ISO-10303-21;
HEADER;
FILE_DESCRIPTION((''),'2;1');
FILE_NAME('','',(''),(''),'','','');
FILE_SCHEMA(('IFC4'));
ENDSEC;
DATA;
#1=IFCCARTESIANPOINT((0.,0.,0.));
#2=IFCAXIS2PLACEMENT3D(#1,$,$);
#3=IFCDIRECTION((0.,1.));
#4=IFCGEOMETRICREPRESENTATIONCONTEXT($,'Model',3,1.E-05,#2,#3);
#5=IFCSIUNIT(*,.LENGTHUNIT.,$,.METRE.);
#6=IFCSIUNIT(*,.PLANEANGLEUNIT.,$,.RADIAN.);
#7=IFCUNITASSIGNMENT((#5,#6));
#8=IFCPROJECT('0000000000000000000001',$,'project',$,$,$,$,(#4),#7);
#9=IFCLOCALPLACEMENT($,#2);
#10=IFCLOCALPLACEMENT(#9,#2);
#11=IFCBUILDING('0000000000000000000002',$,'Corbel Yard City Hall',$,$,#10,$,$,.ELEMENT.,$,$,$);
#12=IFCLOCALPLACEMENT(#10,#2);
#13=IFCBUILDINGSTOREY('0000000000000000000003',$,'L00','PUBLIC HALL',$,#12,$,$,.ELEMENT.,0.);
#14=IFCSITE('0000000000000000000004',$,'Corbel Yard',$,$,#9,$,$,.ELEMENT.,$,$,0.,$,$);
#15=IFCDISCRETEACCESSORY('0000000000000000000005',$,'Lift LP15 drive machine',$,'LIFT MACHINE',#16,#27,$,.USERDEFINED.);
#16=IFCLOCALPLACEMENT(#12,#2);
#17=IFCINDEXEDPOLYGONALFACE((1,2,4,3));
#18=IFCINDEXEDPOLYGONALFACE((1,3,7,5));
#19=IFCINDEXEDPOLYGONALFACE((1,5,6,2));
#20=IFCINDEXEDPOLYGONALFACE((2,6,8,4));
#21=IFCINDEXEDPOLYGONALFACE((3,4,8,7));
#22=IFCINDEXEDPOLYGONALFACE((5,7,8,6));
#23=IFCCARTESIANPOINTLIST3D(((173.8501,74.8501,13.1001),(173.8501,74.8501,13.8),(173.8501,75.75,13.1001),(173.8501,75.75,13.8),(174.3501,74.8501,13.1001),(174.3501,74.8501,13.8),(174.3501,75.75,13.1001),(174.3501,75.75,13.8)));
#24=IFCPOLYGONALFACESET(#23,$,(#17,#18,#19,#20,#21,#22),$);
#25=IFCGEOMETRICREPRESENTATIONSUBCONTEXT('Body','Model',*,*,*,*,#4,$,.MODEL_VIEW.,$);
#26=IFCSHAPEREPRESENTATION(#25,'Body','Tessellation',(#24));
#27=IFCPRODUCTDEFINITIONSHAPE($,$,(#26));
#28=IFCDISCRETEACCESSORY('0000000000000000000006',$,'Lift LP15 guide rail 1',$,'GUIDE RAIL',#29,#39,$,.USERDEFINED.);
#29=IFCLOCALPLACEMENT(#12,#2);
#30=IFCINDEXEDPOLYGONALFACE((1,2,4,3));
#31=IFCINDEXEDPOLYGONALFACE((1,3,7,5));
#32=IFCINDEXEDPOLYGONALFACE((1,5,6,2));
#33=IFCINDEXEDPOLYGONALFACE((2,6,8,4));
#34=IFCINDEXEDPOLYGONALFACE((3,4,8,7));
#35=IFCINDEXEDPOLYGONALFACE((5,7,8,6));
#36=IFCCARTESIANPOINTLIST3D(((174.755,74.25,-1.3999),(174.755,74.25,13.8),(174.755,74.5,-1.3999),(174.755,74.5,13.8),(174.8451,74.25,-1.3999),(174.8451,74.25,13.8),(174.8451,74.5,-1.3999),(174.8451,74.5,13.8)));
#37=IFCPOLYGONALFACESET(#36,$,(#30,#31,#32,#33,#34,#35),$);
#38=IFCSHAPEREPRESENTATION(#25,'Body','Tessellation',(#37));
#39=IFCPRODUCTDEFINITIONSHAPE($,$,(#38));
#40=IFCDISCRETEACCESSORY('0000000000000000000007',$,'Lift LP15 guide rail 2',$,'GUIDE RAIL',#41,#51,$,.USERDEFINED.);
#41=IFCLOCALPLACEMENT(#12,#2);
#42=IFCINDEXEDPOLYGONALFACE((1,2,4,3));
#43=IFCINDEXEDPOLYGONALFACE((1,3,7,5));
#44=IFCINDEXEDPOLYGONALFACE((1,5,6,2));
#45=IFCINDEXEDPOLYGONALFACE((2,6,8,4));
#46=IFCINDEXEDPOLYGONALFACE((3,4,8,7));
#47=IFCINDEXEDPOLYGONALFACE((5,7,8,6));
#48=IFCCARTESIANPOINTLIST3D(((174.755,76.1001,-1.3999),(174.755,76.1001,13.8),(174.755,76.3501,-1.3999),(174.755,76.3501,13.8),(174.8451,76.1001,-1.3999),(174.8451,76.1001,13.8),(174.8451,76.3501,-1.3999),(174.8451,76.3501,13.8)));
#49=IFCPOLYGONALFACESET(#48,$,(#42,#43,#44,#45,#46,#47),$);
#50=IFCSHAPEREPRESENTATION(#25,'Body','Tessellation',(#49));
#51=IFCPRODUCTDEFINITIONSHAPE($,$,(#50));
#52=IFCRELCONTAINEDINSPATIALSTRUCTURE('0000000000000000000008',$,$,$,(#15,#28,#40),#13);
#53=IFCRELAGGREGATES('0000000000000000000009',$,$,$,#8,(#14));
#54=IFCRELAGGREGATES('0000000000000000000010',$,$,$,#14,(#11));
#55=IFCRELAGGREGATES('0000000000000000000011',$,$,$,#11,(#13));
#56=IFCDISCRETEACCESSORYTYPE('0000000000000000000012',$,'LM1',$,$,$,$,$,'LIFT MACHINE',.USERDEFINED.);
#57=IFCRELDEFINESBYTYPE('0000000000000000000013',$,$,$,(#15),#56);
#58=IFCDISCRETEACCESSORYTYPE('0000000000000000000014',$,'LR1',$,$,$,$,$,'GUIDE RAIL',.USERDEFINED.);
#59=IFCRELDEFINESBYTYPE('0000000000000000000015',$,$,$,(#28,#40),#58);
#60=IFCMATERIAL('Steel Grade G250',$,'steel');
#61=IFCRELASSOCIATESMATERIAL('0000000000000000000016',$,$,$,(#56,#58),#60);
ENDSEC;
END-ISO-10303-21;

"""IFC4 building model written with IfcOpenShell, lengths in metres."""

from ifc_helpers import new_model, si_unit, direction, frame, origin, origin_2d, place, context, subcontext, project, spatial, rectangle, extrude, material, type_object, element, save


model = new_model("IFC4")

# Units and contexts
model_context = context("Model", 3, precision=1e-05, world=origin(), true_north=direction((0.0, 1.0)))
body_context = subcontext(model_context, "Body", "Model", "MODEL_VIEW")
ifc_project = project(units=[si_unit("LENGTHUNIT", "METRE"), si_unit("PLANEANGLEUNIT", "RADIAN")], contexts=[model_context])

# Site, building, storey
site_placement = place(None, origin())
site = spatial("IfcSite", under=ifc_project, at=site_placement, Name="Corbel Yard", CompositionType="ELEMENT", RefElevation=0.0)
building_placement = place(site_placement, origin())
building = spatial("IfcBuilding", under=site, at=building_placement, Name="Corbel Yard City Hall", CompositionType="ELEMENT")
storey_placement = place(building_placement, origin())
storey = spatial("IfcBuildingStorey", under=building, at=storey_placement, Name="L00", Description="PUBLIC HALL", CompositionType="ELEMENT", Elevation=0.0)

# Shared definitions
ifc_material_1 = material(Name="Steel Grade G250", Category="steel")

# Discrete accessories
discrete_accessory_type_1 = type_object("IfcDiscreteAccessoryType", Name="LM1", ElementType="LIFT MACHINE", PredefinedType="USERDEFINED", material=ifc_material_1)
discrete_accessory_placement = place(storey_placement, frame((174.1001, 75.3, 13.1001), z_axis=(0.0, 0.0, 1.0), x_axis=(1.0, 0.0, 0.0)))
element("IfcDiscreteAccessory", 1, at=discrete_accessory_placement, inside=storey, type_object=discrete_accessory_type_1, Name="Lift LP15 drive machine", ObjectType="LIFT MACHINE", PredefinedType="USERDEFINED", context=body_context, shape_type="SweptSolid", body=[
    extrude(rectangle(XDim=0.5, YDim=0.8999, at=origin_2d()), origin(), (0.0, 0.0, 1.0), 0.7),
])
discrete_accessory_type_2 = type_object("IfcDiscreteAccessoryType", Name="LR1", ElementType="GUIDE RAIL", PredefinedType="USERDEFINED", material=ifc_material_1)
for number, where, z_axis, x_axis, name in (
    (2, (174.8, 74.375, -1.3999), (0.0, 0.0, 1.0), (1.0, 0.0, 0.0), "Lift LP15 guide rail 1"),
    (3, (174.8, 76.2251, -1.3999), (0.0, 0.0, 1.0), (1.0, 0.0, 0.0), "Lift LP15 guide rail 2"),
):
    element("IfcDiscreteAccessory", number, at=place(storey_placement, frame(where, z_axis=z_axis, x_axis=x_axis)), inside=storey, type_object=discrete_accessory_type_2, Name=name, ObjectType="GUIDE RAIL", PredefinedType="USERDEFINED", context=body_context, shape_type="SweptSolid", body=[
        extrude(rectangle(XDim=0.0901, YDim=0.25, at=origin_2d()), origin(), (0.0, 0.0, 1.0), 15.2),
    ])

save(model, "model.ifc")
